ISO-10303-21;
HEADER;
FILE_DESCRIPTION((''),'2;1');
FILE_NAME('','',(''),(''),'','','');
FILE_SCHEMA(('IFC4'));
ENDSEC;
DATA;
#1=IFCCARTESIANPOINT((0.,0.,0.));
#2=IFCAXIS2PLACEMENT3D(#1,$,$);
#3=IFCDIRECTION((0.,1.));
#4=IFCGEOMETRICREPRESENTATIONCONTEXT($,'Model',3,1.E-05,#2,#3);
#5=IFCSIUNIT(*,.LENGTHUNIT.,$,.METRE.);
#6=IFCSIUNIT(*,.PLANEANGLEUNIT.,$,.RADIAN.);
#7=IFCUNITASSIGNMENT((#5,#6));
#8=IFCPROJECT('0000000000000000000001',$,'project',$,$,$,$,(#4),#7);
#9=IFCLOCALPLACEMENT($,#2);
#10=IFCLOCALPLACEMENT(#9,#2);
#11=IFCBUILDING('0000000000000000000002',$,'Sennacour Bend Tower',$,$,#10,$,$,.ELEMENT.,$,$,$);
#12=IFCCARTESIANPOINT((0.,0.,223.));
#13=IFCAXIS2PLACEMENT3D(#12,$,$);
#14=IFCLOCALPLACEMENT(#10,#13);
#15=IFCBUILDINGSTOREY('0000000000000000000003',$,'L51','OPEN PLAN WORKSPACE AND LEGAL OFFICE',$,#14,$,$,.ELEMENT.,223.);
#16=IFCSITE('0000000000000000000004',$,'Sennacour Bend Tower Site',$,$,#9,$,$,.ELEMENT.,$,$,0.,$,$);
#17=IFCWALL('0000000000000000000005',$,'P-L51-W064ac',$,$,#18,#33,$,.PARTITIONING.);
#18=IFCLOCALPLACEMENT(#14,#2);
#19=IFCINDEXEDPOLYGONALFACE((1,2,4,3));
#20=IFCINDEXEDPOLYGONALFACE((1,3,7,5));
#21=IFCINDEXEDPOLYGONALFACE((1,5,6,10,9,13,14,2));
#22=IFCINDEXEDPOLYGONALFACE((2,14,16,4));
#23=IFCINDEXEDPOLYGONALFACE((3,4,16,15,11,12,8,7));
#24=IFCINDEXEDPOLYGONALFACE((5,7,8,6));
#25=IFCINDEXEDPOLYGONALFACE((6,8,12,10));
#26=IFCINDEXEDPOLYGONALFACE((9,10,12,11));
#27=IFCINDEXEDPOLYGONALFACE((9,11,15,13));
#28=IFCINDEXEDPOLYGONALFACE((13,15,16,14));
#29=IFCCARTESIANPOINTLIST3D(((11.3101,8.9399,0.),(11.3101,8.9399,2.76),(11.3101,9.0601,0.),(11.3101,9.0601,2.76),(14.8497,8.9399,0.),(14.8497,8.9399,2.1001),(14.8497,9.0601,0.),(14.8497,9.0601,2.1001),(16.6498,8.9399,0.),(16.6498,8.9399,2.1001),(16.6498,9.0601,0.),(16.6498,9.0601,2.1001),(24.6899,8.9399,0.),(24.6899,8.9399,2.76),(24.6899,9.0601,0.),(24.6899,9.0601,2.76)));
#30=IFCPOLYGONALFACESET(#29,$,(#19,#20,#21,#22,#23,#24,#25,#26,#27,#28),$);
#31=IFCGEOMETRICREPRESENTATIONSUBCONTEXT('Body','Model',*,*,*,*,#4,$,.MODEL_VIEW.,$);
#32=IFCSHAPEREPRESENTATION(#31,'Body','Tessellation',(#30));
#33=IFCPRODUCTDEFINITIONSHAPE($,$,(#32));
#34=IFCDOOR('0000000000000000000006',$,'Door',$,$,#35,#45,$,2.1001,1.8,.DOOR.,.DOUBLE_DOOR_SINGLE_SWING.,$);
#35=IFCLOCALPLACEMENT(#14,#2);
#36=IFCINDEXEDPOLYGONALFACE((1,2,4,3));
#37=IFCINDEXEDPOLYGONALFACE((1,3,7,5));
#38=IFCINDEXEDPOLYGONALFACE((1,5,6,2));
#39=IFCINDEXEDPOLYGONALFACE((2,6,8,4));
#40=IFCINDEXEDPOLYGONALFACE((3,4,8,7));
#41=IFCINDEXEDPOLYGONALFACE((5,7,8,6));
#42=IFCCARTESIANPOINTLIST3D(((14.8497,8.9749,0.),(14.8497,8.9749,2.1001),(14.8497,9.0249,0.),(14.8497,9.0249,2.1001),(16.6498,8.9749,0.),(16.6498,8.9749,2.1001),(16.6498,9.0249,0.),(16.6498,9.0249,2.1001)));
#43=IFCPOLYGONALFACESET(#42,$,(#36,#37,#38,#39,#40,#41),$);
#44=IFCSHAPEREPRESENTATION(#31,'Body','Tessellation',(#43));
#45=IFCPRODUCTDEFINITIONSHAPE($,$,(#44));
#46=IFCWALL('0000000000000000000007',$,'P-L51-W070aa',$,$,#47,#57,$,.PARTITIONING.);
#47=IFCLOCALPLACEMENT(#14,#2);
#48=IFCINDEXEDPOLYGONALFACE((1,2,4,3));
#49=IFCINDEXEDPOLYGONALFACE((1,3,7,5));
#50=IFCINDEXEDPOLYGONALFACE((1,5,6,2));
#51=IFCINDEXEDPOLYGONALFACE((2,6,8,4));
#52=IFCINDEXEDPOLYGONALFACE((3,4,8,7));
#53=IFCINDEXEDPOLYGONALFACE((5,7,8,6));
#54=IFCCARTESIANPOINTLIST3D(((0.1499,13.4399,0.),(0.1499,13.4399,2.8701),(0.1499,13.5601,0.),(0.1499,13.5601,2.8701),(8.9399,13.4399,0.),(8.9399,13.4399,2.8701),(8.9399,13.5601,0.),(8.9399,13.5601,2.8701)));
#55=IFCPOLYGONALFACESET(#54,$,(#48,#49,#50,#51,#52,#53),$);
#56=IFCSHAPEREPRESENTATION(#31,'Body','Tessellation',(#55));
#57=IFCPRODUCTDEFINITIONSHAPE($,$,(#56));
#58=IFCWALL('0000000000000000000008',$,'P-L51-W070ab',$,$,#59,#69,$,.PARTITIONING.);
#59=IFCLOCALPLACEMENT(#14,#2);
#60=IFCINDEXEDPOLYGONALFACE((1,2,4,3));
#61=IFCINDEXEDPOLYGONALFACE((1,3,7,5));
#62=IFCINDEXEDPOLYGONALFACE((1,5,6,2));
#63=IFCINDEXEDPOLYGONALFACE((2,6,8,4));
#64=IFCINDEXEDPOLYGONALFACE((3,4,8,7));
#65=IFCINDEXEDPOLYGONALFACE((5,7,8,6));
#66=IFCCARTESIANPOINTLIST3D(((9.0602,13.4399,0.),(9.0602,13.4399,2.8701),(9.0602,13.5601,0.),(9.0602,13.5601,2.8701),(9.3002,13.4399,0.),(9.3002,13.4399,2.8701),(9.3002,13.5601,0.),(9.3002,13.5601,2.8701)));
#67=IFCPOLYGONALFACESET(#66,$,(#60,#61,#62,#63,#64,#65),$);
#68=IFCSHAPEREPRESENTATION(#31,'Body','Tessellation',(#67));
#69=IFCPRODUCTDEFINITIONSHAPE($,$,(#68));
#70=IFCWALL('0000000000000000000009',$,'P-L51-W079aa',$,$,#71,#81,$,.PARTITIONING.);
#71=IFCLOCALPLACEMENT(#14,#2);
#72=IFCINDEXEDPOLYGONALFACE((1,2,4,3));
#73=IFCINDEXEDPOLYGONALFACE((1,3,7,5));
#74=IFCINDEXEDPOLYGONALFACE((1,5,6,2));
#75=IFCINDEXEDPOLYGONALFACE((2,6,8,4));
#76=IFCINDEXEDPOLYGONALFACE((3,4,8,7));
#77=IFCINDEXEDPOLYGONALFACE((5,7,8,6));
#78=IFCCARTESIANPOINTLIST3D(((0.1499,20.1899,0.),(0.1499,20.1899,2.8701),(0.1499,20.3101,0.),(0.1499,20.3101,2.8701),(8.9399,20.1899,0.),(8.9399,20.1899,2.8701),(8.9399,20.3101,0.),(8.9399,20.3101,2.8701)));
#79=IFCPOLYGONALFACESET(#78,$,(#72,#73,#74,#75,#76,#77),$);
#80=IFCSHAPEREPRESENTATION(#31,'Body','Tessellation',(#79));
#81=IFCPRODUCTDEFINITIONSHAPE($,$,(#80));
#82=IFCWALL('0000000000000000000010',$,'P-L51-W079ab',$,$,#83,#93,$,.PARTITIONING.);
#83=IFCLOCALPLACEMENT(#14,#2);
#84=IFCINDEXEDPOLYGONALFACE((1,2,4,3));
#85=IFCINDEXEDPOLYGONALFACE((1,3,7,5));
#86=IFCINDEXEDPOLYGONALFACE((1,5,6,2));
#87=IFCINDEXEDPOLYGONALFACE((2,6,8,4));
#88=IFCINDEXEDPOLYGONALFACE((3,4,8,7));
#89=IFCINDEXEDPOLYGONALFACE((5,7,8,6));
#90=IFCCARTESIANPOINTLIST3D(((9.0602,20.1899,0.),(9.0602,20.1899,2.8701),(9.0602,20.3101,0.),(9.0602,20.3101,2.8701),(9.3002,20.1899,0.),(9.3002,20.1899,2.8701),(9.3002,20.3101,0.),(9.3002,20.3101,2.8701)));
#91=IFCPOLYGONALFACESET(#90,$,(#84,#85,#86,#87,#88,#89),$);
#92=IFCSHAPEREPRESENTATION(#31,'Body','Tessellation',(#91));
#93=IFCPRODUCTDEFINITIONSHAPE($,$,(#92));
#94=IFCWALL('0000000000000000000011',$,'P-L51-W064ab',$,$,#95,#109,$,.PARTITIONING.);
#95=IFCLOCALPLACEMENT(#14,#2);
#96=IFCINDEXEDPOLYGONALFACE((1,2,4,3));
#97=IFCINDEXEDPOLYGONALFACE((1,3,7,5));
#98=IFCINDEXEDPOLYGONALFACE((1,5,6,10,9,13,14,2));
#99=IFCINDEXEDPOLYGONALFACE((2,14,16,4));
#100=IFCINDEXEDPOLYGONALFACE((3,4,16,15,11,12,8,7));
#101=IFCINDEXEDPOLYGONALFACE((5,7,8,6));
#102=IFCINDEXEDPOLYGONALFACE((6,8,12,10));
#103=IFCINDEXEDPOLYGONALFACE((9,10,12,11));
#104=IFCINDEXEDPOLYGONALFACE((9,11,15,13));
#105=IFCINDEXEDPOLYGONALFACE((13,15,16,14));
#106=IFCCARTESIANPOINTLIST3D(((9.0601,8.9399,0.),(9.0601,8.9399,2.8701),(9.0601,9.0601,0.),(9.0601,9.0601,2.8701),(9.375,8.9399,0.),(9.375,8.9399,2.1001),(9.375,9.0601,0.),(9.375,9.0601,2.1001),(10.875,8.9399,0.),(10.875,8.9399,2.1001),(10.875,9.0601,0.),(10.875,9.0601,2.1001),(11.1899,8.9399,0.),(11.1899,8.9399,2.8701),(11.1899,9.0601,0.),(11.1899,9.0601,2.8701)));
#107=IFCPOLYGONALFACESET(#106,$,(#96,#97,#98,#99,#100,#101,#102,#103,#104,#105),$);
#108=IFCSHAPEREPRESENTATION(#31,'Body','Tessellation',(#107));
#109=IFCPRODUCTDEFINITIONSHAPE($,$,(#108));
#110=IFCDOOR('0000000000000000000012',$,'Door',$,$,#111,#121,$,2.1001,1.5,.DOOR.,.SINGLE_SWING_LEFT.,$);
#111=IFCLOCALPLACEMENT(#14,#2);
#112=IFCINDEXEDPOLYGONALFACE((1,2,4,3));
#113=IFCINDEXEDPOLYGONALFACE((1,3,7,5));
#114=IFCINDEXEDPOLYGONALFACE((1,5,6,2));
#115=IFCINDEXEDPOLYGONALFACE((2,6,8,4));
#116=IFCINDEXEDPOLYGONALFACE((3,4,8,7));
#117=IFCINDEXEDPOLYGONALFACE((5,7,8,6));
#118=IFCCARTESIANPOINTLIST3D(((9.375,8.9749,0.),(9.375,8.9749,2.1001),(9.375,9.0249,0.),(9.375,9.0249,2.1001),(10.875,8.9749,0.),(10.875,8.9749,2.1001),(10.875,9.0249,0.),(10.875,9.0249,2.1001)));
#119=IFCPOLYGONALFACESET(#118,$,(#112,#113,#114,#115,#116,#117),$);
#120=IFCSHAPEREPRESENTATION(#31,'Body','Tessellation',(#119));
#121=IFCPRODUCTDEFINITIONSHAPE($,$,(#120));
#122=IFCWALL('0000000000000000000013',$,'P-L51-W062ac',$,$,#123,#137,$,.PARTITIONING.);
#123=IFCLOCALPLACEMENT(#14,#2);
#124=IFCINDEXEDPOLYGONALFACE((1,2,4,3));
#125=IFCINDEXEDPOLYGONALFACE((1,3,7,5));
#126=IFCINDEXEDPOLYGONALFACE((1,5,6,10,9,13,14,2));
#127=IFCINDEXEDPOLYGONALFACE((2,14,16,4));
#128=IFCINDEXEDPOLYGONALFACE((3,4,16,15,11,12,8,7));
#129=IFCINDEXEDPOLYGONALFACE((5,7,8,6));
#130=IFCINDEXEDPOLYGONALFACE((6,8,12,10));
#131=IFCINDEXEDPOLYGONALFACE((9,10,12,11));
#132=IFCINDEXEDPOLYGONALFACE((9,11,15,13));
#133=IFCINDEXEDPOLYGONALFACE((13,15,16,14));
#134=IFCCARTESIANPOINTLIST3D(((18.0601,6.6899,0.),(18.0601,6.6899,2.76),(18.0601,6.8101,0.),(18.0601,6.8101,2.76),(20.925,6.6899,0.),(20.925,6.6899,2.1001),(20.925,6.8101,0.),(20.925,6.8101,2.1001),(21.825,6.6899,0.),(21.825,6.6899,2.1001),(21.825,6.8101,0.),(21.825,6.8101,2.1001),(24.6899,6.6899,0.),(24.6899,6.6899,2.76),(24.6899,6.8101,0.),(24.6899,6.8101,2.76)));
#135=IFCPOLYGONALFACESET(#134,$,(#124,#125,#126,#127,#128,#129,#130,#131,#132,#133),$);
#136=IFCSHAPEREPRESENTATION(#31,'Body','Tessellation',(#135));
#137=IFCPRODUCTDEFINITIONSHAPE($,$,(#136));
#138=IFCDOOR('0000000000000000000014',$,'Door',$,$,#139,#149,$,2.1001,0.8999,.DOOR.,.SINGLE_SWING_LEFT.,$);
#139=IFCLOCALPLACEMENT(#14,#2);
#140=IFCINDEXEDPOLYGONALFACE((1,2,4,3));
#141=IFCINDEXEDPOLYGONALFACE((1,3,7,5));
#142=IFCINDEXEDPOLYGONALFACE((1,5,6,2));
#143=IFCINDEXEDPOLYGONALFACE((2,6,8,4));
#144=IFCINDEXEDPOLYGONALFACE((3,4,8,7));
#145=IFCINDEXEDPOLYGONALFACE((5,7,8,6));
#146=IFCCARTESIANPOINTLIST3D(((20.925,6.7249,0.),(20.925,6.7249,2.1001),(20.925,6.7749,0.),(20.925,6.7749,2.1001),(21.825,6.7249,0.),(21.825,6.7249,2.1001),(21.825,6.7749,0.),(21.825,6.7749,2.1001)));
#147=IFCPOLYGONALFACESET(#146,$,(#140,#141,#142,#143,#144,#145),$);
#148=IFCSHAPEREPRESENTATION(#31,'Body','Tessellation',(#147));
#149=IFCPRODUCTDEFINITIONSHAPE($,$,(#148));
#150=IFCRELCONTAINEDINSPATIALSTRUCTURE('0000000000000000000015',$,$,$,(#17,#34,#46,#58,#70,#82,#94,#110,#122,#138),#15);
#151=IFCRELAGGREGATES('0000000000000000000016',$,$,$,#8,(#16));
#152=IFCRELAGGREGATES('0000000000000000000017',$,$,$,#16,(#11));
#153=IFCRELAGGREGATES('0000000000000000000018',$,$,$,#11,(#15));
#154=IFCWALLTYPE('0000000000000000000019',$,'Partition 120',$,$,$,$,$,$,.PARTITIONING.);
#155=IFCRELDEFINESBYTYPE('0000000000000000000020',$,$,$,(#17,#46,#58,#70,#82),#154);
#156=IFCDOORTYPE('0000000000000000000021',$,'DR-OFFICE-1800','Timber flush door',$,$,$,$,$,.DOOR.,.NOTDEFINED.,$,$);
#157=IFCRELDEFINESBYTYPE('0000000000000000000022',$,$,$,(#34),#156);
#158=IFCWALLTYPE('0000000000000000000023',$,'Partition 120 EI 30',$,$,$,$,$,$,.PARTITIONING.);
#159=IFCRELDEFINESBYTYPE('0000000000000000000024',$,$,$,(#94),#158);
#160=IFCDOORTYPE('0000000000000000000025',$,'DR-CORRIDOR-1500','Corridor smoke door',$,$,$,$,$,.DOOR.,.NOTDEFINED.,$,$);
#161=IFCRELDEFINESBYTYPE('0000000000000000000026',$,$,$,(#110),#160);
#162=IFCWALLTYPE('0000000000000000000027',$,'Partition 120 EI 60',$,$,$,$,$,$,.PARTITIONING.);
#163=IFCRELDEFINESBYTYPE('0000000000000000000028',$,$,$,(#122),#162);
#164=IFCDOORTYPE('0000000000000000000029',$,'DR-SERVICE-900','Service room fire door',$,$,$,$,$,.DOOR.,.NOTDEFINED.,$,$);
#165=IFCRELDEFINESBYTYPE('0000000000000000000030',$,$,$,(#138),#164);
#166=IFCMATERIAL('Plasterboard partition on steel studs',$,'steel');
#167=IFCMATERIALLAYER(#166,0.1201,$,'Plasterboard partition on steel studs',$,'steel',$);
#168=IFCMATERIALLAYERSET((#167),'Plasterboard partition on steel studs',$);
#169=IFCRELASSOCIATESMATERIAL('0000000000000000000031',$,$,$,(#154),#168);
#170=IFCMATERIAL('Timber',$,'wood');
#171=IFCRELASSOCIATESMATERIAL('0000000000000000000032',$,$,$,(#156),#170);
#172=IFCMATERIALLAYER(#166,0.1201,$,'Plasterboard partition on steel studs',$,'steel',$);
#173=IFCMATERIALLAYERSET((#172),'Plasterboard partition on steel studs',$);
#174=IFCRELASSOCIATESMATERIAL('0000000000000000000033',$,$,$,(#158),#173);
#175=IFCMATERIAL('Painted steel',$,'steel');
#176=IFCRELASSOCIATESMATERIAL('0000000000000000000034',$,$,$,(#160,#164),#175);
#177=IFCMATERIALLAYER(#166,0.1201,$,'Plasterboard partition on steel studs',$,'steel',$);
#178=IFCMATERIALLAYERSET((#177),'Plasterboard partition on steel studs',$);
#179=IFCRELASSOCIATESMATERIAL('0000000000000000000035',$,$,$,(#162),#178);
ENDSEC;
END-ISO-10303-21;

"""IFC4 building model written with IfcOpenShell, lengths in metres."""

from ifc_helpers import new_model, si_unit, direction, frame, frame_2d, origin, place, context, subcontext, project, spatial, rectangle, extrude, material, layer, layer_set, type_object, element, fill, save


model = new_model("IFC4")

# Units and contexts
model_context = context("Model", 3, precision=1e-05, world=origin(), true_north=direction((0.0, 1.0)))
body_context = subcontext(model_context, "Body", "Model", "MODEL_VIEW")
ifc_project = project(units=[si_unit("LENGTHUNIT", "METRE"), si_unit("PLANEANGLEUNIT", "RADIAN")], contexts=[model_context])

# Site, building, storey
site_placement = place(None, origin())
site = spatial("IfcSite", under=ifc_project, at=site_placement, Name="Sennacour Bend Tower Site", CompositionType="ELEMENT", RefElevation=0.0)
building_placement = place(site_placement, origin())
building = spatial("IfcBuilding", under=site, at=building_placement, Name="Sennacour Bend Tower", CompositionType="ELEMENT")
storey_placement = place(building_placement, frame((0.0, 0.0, 223.0)))
storey = spatial("IfcBuildingStorey", under=building, at=storey_placement, Name="L51", Description="OPEN PLAN WORKSPACE AND LEGAL OFFICE", CompositionType="ELEMENT", Elevation=223.0)

# Shared definitions
ifc_material_1 = material(Name="Plasterboard partition on steel studs", Category="steel")
ifc_layer_1 = layer(ifc_material_1, 0.1201, Name="Plasterboard partition on steel studs", Category="steel")
ifc_layer_set_1 = layer_set([ifc_layer_1], Name="Plasterboard partition on steel studs")
wall_type_1 = type_object("IfcWallType", Name="Partition 120", PredefinedType="PARTITIONING", material=ifc_layer_set_1)
ifc_material_2 = material(Name="Timber", Category="wood")

# Wall, opening, door
wall_1_placement = place(storey_placement, frame((11.3101, 9.0, 0.0), z_axis=(0.0, 0.0, 1.0), x_axis=(1.0, 0.0, 0.0)))
wall_1 = element("IfcWall", 1, at=wall_1_placement, inside=storey, type_object=wall_type_1, Name="P-L51-W064ac", PredefinedType="PARTITIONING", context=body_context, shape_type="SweptSolid", body=[
    extrude(rectangle(XDim=13.3799, YDim=0.1201, at=frame_2d((6.6899, 0.0))), origin(), (0.0, 0.0, 1.0), 2.76),
])
opening_1_placement = place(wall_1_placement, frame((3.5398, 0.0, 0.0)))
opening_1 = element("IfcOpeningElement", 2, at=opening_1_placement, cuts=wall_1, PredefinedType="OPENING", context=body_context, shape_type="SweptSolid", body=[
    extrude(rectangle(XDim=1.8, YDim=2.1001, at=frame_2d((0.8999, 1.05))), frame((0.0, 0.0701, 0.0), z_axis=(0.0, -1.0, 0.0), x_axis=(1.0, 0.0, 0.0)), (0.0, 0.0, 1.0), 0.1401),
])
door_type_1 = type_object("IfcDoorType", Name="DR-OFFICE-1800", Description="Timber flush door", OperationType="NOTDEFINED", PredefinedType="DOOR", material=ifc_material_2)
door_1_placement = place(opening_1_placement, origin())
door_1 = element("IfcDoor", 3, at=door_1_placement, inside=storey, type_object=door_type_1, Name="Door", OperationType="DOUBLE_DOOR_SINGLE_SWING", OverallHeight=2.1001, OverallWidth=1.8, PredefinedType="DOOR", context=body_context, shape_type="SweptSolid", body=[
    extrude(rectangle(XDim=1.8, YDim=2.1001, at=frame_2d((0.8999, 1.05))), frame((0.0, 0.0249, 0.0), z_axis=(0.0, -1.0, 0.0), x_axis=(1.0, 0.0, 0.0)), (0.0, 0.0, 1.0), 0.05),
])
fill(opening_1, door_1)

# Walls
wall_2_placement = place(storey_placement, frame((0.1499, 13.5, 0.0), z_axis=(0.0, 0.0, 1.0), x_axis=(1.0, 0.0, 0.0)))
element("IfcWall", 4, at=wall_2_placement, inside=storey, type_object=wall_type_1, Name="P-L51-W070aa", PredefinedType="PARTITIONING", context=body_context, shape_type="SweptSolid", body=[
    extrude(rectangle(XDim=8.79, YDim=0.1201, at=frame_2d((4.395, 0.0))), origin(), (0.0, 0.0, 1.0), 2.8701),
])
wall_3_placement = place(storey_placement, frame((9.0601, 13.5, 0.0), z_axis=(0.0, 0.0, 1.0), x_axis=(1.0, 0.0, 0.0)))
element("IfcWall", 5, at=wall_3_placement, inside=storey, type_object=wall_type_1, Name="P-L51-W070ab", PredefinedType="PARTITIONING", context=body_context, shape_type="SweptSolid", body=[
    extrude(rectangle(XDim=0.24, YDim=0.1201, at=frame_2d((0.1201, 0.0))), origin(), (0.0, 0.0, 1.0), 2.8701),
])
wall_4_placement = place(storey_placement, frame((0.1499, 20.25, 0.0), z_axis=(0.0, 0.0, 1.0), x_axis=(1.0, 0.0, 0.0)))
element("IfcWall", 6, at=wall_4_placement, inside=storey, type_object=wall_type_1, Name="P-L51-W079aa", PredefinedType="PARTITIONING", context=body_context, shape_type="SweptSolid", body=[
    extrude(rectangle(XDim=8.79, YDim=0.1201, at=frame_2d((4.395, 0.0))), origin(), (0.0, 0.0, 1.0), 2.8701),
])
wall_5_placement = place(storey_placement, frame((9.0601, 20.25, 0.0), z_axis=(0.0, 0.0, 1.0), x_axis=(1.0, 0.0, 0.0)))
element("IfcWall", 7, at=wall_5_placement, inside=storey, type_object=wall_type_1, Name="P-L51-W079ab", PredefinedType="PARTITIONING", context=body_context, shape_type="SweptSolid", body=[
    extrude(rectangle(XDim=0.24, YDim=0.1201, at=frame_2d((0.1201, 0.0))), origin(), (0.0, 0.0, 1.0), 2.8701),
])

# Walls, openings, doors
ifc_layer_2 = layer(ifc_material_1, 0.1201, Name="Plasterboard partition on steel studs", Category="steel")
ifc_layer_set_2 = layer_set([ifc_layer_2], Name="Plasterboard partition on steel studs")
wall_type_2 = type_object("IfcWallType", Name="Partition 120 EI 30", PredefinedType="PARTITIONING", material=ifc_layer_set_2)
wall_6_placement = place(storey_placement, frame((9.0601, 9.0, 0.0), z_axis=(0.0, 0.0, 1.0), x_axis=(1.0, 0.0, 0.0)))
wall_6 = element("IfcWall", 8, at=wall_6_placement, inside=storey, type_object=wall_type_2, Name="P-L51-W064ab", PredefinedType="PARTITIONING", context=body_context, shape_type="SweptSolid", body=[
    extrude(rectangle(XDim=2.1299, YDim=0.1201, at=frame_2d((1.0649, 0.0))), origin(), (0.0, 0.0, 1.0), 2.8701),
])
opening_2_placement = place(wall_6_placement, frame((0.3149, 0.0, 0.0)))
opening_2 = element("IfcOpeningElement", 9, at=opening_2_placement, cuts=wall_6, PredefinedType="OPENING", context=body_context, shape_type="SweptSolid", body=[
    extrude(rectangle(XDim=1.5, YDim=2.1001, at=frame_2d((0.75, 1.05))), frame((0.0, 0.0701, 0.0), z_axis=(0.0, -1.0, 0.0), x_axis=(1.0, 0.0, 0.0)), (0.0, 0.0, 1.0), 0.1401),
])
ifc_material_3 = material(Name="Painted steel", Category="steel")
door_type_2 = type_object("IfcDoorType", Name="DR-CORRIDOR-1500", Description="Corridor smoke door", OperationType="NOTDEFINED", PredefinedType="DOOR", material=ifc_material_3)
door_2_placement = place(opening_2_placement, origin())
door_2 = element("IfcDoor", 10, at=door_2_placement, inside=storey, type_object=door_type_2, Name="Door", OperationType="SINGLE_SWING_LEFT", OverallHeight=2.1001, OverallWidth=1.5, PredefinedType="DOOR", context=body_context, shape_type="SweptSolid", body=[
    extrude(rectangle(XDim=1.5, YDim=2.1001, at=frame_2d((0.75, 1.05))), frame((0.0, 0.0249, 0.0), z_axis=(0.0, -1.0, 0.0), x_axis=(1.0, 0.0, 0.0)), (0.0, 0.0, 1.0), 0.05),
])
fill(opening_2, door_2)
ifc_layer_3 = layer(ifc_material_1, 0.1201, Name="Plasterboard partition on steel studs", Category="steel")
ifc_layer_set_3 = layer_set([ifc_layer_3], Name="Plasterboard partition on steel studs")
wall_type_3 = type_object("IfcWallType", Name="Partition 120 EI 60", PredefinedType="PARTITIONING", material=ifc_layer_set_3)
wall_7_placement = place(storey_placement, frame((18.0601, 6.75, 0.0), z_axis=(0.0, 0.0, 1.0), x_axis=(1.0, 0.0, 0.0)))
wall_7 = element("IfcWall", 11, at=wall_7_placement, inside=storey, type_object=wall_type_3, Name="P-L51-W062ac", PredefinedType="PARTITIONING", context=body_context, shape_type="SweptSolid", body=[
    extrude(rectangle(XDim=6.6299, YDim=0.1201, at=frame_2d((3.3149, 0.0))), origin(), (0.0, 0.0, 1.0), 2.76),
])
opening_3_placement = place(wall_7_placement, frame((2.865, 0.0, 0.0)))
opening_3 = element("IfcOpeningElement", 12, at=opening_3_placement, cuts=wall_7, PredefinedType="OPENING", context=body_context, shape_type="SweptSolid", body=[
    extrude(rectangle(XDim=0.8999, YDim=2.1001, at=frame_2d((0.45, 1.05))), frame((0.0, 0.0701, 0.0), z_axis=(0.0, -1.0, 0.0), x_axis=(1.0, 0.0, 0.0)), (0.0, 0.0, 1.0), 0.1401),
])
door_type_3 = type_object("IfcDoorType", Name="DR-SERVICE-900", Description="Service room fire door", OperationType="NOTDEFINED", PredefinedType="DOOR", material=ifc_material_3)
door_3_placement = place(opening_3_placement, origin())
door_3 = element("IfcDoor", 13, at=door_3_placement, inside=storey, type_object=door_type_3, Name="Door", OperationType="SINGLE_SWING_LEFT", OverallHeight=2.1001, OverallWidth=0.8999, PredefinedType="DOOR", context=body_context, shape_type="SweptSolid", body=[
    extrude(rectangle(XDim=0.8999, YDim=2.1001, at=frame_2d((0.45, 1.05))), frame((0.0, 0.0249, 0.0), z_axis=(0.0, -1.0, 0.0), x_axis=(1.0, 0.0, 0.0)), (0.0, 0.0, 1.0), 0.05),
])
fill(opening_3, door_3)

save(model, "model.ifc")
